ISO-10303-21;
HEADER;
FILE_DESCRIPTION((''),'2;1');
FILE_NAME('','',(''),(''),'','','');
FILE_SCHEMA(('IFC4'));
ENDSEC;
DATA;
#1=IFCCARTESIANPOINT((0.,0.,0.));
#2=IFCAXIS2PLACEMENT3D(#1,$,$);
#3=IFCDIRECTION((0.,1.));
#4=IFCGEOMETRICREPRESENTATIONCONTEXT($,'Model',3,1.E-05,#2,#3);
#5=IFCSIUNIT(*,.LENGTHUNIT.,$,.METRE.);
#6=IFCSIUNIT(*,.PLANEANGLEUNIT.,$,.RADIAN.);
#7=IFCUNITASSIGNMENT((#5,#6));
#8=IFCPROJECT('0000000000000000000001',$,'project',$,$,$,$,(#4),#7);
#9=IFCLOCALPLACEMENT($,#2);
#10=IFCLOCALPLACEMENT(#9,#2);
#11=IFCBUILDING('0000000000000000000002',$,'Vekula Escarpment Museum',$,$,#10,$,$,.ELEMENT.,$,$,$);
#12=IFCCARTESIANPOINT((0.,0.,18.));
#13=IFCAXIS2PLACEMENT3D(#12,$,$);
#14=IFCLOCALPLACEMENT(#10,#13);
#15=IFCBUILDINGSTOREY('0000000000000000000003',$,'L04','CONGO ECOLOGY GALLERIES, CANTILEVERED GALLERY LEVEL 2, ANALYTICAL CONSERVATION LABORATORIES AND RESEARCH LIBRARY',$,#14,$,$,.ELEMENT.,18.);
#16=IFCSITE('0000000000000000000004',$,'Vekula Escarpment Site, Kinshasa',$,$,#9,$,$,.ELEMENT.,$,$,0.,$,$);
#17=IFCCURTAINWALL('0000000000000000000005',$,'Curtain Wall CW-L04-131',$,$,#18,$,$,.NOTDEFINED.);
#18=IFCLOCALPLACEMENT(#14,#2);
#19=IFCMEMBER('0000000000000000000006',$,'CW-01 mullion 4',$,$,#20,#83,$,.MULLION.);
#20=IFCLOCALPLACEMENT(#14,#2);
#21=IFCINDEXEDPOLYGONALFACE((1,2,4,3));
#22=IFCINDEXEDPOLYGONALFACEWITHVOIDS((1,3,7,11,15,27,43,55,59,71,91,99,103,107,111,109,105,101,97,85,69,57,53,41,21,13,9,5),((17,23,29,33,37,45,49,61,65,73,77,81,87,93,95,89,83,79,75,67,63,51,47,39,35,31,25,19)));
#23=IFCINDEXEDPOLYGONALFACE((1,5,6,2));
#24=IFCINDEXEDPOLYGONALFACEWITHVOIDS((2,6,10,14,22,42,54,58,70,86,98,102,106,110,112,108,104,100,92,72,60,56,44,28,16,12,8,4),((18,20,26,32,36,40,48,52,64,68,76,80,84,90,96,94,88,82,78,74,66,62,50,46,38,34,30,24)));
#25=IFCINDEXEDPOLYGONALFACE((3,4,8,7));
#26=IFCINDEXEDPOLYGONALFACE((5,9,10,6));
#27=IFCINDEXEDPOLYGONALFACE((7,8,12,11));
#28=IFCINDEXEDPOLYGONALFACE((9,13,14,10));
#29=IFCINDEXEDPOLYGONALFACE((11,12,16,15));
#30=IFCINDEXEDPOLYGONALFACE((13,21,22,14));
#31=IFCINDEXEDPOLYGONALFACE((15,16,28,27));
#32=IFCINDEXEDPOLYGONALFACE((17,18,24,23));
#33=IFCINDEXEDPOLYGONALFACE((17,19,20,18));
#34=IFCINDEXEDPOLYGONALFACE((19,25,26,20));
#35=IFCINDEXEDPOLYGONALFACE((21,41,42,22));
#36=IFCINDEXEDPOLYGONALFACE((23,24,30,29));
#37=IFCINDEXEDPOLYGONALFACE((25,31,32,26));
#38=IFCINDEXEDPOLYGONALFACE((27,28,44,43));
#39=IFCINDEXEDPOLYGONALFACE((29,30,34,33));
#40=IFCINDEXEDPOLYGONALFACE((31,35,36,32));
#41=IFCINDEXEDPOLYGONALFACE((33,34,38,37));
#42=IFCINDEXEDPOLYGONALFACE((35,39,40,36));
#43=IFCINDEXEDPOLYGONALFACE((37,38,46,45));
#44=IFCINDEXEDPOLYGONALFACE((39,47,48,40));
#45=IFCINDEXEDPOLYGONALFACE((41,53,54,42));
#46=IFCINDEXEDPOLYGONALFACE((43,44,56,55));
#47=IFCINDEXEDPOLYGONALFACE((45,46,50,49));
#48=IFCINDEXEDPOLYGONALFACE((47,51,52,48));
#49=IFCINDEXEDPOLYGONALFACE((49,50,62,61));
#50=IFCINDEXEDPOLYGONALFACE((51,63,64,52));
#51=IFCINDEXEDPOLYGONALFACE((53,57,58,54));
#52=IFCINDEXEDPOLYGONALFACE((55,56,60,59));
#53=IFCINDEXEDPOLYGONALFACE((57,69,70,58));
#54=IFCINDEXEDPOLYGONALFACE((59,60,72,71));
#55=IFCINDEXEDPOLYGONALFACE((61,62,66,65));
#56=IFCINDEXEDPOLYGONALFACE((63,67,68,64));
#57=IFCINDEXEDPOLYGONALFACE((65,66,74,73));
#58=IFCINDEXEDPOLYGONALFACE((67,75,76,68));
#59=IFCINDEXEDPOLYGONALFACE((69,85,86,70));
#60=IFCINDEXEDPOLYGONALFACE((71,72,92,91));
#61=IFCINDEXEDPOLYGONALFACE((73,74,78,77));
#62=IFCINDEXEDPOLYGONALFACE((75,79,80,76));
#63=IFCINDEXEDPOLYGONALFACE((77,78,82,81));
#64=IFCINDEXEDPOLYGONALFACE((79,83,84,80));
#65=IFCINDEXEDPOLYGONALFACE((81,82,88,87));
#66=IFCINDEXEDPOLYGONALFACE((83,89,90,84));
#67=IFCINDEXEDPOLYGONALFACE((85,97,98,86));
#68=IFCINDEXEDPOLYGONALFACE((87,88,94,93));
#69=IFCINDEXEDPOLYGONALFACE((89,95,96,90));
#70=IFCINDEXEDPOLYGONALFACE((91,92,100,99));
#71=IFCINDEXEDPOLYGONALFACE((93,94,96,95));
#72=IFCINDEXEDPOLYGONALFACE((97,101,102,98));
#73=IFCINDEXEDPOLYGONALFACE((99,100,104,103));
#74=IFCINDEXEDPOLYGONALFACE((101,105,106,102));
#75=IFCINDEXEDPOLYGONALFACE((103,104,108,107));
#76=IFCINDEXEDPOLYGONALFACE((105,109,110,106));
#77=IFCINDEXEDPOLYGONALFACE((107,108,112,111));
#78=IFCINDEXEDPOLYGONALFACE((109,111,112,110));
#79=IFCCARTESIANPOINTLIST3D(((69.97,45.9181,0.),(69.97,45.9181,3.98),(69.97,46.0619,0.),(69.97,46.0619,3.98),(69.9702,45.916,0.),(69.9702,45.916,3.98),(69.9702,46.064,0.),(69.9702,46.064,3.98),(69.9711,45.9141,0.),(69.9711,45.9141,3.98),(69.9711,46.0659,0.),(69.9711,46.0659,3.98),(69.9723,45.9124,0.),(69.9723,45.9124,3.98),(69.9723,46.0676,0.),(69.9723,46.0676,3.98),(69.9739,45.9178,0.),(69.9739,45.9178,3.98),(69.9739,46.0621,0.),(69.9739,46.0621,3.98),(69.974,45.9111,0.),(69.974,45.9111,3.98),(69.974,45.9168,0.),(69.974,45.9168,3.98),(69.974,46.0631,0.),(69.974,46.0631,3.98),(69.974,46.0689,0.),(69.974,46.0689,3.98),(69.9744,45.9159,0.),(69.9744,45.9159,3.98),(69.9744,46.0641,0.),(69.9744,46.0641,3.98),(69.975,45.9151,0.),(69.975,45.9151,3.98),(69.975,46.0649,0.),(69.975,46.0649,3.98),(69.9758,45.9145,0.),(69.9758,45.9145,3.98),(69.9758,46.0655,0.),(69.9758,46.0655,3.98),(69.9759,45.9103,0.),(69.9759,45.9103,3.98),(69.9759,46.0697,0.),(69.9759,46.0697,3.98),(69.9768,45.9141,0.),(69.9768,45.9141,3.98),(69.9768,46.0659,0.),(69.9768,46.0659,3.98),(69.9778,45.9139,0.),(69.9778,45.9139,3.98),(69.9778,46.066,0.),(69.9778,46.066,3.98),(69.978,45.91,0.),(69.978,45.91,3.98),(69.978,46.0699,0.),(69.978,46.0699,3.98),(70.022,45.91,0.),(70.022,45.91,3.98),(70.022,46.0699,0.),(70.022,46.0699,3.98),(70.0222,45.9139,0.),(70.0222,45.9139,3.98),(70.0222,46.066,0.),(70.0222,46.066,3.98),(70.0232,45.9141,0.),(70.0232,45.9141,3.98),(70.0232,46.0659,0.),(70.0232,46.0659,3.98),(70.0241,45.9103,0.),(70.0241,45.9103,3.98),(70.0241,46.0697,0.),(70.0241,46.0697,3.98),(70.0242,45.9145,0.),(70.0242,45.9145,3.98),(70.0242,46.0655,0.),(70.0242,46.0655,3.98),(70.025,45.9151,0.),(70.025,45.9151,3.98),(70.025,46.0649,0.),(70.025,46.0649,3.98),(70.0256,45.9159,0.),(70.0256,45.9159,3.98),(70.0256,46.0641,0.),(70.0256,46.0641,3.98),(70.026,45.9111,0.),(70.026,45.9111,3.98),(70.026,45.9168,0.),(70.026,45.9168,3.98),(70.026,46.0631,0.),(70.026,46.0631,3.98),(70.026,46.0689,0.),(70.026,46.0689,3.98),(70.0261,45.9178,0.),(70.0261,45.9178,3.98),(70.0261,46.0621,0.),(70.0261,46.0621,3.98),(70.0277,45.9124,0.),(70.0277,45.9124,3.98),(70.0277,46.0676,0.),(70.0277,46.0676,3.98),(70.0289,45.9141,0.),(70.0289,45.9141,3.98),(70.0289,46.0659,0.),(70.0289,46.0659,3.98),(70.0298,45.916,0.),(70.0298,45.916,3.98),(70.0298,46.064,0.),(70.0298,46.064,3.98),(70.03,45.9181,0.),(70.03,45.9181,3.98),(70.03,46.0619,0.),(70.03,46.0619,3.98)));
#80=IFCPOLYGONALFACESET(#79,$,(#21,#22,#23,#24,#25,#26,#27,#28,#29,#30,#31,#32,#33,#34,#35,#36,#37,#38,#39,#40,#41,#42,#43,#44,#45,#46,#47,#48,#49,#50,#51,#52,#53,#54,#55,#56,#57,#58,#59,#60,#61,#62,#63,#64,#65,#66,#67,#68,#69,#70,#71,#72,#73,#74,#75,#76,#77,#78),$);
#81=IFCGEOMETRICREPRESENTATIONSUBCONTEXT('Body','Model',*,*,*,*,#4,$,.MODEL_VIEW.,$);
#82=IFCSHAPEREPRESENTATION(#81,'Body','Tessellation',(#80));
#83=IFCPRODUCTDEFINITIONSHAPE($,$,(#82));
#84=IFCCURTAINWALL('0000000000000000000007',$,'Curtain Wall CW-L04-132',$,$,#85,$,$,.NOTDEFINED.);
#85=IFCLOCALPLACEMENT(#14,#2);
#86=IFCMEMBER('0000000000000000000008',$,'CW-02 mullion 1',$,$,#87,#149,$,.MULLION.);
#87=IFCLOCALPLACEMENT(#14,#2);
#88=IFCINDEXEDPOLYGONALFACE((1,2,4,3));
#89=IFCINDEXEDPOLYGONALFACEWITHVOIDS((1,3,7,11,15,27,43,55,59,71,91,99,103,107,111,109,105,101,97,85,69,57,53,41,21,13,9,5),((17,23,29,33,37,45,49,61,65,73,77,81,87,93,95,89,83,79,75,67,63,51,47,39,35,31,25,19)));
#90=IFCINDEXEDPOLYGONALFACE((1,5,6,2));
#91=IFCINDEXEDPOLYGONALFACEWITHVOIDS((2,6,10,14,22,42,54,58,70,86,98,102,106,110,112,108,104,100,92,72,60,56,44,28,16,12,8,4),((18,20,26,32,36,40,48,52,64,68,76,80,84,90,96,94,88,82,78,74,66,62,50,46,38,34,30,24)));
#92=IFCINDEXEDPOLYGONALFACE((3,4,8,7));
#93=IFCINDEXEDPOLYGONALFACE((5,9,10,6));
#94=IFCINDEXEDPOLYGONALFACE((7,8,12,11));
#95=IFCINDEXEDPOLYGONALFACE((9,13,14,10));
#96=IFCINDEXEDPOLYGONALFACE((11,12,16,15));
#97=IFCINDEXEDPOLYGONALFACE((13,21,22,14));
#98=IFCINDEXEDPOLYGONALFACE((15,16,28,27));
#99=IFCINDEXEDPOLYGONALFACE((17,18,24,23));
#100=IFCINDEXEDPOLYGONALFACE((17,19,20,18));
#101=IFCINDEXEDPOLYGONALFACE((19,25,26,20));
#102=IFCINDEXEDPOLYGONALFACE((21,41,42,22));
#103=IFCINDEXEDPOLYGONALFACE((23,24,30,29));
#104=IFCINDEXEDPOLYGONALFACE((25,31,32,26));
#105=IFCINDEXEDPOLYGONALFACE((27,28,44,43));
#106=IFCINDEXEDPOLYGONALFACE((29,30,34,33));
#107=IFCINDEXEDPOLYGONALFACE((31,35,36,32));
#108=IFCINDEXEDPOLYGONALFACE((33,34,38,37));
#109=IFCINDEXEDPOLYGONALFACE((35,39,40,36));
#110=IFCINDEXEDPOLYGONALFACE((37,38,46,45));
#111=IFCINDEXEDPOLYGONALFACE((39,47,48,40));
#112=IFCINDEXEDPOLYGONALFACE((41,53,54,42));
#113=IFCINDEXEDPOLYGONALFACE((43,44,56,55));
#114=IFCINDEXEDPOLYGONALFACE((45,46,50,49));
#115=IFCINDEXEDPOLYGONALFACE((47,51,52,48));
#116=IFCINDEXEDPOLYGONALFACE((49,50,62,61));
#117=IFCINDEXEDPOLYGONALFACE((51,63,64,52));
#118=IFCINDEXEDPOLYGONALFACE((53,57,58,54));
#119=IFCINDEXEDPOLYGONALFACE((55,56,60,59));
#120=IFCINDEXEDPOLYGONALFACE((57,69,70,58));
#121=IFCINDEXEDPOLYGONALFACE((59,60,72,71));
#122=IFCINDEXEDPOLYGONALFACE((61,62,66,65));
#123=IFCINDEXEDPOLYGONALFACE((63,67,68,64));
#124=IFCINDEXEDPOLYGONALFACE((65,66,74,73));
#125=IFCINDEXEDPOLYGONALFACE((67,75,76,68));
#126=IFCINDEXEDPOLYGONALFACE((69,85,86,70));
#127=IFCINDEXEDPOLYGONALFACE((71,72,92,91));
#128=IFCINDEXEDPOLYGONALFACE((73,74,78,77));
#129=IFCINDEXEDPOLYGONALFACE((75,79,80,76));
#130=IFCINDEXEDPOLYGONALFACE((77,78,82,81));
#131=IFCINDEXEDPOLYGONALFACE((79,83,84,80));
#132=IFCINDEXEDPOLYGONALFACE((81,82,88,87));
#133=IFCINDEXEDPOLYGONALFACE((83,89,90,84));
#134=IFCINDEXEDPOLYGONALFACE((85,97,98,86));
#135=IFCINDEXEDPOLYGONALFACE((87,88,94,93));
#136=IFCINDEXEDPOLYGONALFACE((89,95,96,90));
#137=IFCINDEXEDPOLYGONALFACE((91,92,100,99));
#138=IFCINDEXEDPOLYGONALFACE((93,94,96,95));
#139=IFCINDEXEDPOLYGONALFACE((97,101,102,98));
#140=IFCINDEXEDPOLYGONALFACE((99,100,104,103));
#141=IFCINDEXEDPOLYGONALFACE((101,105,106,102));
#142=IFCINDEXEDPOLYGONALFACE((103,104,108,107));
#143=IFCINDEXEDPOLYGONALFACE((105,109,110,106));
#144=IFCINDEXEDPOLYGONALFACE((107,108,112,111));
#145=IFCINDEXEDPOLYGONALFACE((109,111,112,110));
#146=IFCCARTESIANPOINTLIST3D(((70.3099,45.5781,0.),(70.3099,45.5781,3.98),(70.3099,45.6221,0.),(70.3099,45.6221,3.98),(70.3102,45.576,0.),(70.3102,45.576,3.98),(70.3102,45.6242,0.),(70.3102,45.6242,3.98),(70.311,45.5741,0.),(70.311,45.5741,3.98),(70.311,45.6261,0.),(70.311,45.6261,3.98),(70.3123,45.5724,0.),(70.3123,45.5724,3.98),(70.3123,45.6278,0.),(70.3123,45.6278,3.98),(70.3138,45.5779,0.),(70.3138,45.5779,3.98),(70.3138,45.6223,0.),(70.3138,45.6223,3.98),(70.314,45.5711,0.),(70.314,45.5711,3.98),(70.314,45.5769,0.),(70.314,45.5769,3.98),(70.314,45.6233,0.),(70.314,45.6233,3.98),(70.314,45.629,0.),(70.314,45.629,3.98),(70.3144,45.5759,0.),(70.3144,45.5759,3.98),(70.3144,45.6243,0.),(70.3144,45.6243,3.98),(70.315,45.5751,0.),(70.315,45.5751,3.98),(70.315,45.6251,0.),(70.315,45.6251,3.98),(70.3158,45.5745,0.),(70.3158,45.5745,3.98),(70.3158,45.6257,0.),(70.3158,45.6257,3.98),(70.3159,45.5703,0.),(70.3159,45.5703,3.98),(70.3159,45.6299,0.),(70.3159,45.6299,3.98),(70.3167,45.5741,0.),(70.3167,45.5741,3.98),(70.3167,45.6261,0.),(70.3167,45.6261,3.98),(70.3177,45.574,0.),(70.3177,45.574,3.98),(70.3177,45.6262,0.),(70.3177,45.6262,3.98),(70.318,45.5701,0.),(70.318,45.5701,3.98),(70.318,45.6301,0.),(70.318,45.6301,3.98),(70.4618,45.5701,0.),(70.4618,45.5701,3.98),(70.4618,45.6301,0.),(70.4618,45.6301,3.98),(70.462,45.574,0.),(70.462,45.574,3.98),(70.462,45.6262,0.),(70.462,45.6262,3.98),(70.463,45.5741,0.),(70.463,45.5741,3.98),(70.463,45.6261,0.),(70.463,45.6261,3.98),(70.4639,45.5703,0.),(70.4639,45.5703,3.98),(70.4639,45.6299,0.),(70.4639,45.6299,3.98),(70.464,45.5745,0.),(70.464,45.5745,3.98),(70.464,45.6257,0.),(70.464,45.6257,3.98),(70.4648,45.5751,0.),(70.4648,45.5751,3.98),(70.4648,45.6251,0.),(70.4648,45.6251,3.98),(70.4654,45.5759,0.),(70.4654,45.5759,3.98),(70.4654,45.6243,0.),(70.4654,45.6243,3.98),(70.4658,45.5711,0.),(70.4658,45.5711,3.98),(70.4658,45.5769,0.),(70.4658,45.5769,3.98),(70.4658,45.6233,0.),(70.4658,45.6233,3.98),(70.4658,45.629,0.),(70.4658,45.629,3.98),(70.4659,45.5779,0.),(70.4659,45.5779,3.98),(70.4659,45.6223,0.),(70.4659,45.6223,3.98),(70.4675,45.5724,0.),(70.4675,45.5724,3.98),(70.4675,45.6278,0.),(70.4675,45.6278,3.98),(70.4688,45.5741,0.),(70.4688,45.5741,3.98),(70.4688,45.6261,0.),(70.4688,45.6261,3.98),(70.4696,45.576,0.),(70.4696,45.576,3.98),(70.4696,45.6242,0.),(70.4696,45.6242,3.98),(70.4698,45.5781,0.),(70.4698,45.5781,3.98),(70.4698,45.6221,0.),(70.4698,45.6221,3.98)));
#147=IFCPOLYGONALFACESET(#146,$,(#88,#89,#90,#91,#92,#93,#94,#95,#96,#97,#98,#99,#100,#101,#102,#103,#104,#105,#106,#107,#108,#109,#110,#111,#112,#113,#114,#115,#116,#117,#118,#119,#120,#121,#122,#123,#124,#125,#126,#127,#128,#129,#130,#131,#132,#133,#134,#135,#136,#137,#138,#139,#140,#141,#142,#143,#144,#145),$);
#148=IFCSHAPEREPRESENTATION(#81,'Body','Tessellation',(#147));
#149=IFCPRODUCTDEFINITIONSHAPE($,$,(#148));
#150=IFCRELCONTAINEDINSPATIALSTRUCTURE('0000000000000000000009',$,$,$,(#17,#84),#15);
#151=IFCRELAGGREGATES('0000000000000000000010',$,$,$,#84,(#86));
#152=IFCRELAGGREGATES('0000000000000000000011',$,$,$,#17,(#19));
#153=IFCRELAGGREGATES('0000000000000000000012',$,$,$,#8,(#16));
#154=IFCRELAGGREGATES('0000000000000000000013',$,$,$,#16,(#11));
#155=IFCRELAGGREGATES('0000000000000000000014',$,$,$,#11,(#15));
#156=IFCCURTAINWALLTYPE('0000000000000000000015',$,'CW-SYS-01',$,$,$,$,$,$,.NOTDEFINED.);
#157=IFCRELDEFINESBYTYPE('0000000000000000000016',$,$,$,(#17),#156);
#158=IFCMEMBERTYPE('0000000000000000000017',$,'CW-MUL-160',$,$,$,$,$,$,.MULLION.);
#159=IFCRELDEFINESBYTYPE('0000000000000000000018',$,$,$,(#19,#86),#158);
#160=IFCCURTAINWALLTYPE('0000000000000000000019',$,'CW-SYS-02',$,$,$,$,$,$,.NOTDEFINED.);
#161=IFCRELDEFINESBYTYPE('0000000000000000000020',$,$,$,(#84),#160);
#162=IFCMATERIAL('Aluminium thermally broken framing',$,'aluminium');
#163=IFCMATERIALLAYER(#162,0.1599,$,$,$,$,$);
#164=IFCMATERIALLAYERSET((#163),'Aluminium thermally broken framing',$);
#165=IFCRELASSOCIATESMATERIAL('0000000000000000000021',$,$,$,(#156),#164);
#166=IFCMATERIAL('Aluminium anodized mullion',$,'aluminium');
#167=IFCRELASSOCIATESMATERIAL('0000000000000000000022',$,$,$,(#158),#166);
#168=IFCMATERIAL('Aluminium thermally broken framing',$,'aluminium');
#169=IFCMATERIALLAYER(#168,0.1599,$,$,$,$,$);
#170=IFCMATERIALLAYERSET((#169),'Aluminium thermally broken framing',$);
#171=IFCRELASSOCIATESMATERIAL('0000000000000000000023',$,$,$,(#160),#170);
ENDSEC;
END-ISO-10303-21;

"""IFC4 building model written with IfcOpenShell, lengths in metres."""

from ifc_helpers import new_model, si_unit, direction, frame, origin, origin_2d, place, context, subcontext, project, spatial, hollow_rectangle, extrude, material, layer, layer_set, material_profile, profile_set, type_object, element, aggregate, save


model = new_model("IFC4")

# Units and contexts
model_context = context("Model", 3, precision=1e-05, world=origin(), true_north=direction((0.0, 1.0)))
body_context = subcontext(model_context, "Body", "Model", "MODEL_VIEW")
ifc_project = project(units=[si_unit("LENGTHUNIT", "METRE"), si_unit("PLANEANGLEUNIT", "RADIAN")], contexts=[model_context])

# Site, building, storey
site_placement = place(None, origin())
site = spatial("IfcSite", under=ifc_project, at=site_placement, Name="Vekula Escarpment Site, Kinshasa", CompositionType="ELEMENT", RefElevation=0.0)
building_placement = place(site_placement, origin())
building = spatial("IfcBuilding", under=site, at=building_placement, Name="Vekula Escarpment Museum", CompositionType="ELEMENT")
storey_placement = place(building_placement, frame((0.0, 0.0, 18.0)))
storey = spatial("IfcBuildingStorey", under=building, at=storey_placement, Name="L04", Description="CONGO ECOLOGY GALLERIES, CANTILEVERED GALLERY LEVEL 2, ANALYTICAL CONSERVATION LABORATORIES AND RESEARCH LIBRARY", CompositionType="ELEMENT", Elevation=18.0)

# Curtain wall, member
ifc_material_1 = material(Name="Aluminium thermally broken framing", Category="aluminium")
ifc_layer_1 = layer(ifc_material_1, 0.1599)
ifc_layer_set_1 = layer_set([ifc_layer_1], Name="Aluminium thermally broken framing")
curtain_wall_type_1 = type_object("IfcCurtainWallType", Name="CW-SYS-01", PredefinedType="NOTDEFINED", material=ifc_layer_set_1)
curtain_wall_1_placement = place(storey_placement, origin())
curtain_wall_1 = element("IfcCurtainWall", 1, at=curtain_wall_1_placement, inside=storey, type_object=curtain_wall_type_1, Name="Curtain Wall CW-L04-131", PredefinedType="NOTDEFINED")
ifc_material_2 = material(Name="Aluminium anodized mullion", Category="aluminium")
ifc_material_profile_1 = material_profile(ifc_material_2, hollow_rectangle(XDim=0.0601, YDim=0.1599, WallThickness=0.0039, InnerFilletRadius=0.0039, OuterFilletRadius=0.0081, at=origin_2d()), Name="ALU 160x60x4")
ifc_profile_set_1 = profile_set([ifc_material_profile_1], Name="Aluminium anodized mullion")
member_type_1 = type_object("IfcMemberType", Name="CW-MUL-160", PredefinedType="MULLION", material=ifc_profile_set_1)
member_1_placement = place(storey_placement, frame((70.0, 45.99, 0.0), z_axis=(0.0, 0.0, 1.0), x_axis=(1.0, 0.0, 0.0)))
member_1 = element("IfcMember", 2, at=member_1_placement, type_object=member_type_1, Name="CW-01 mullion 4", PredefinedType="MULLION", context=body_context, shape_type="SweptSolid", body=[
    extrude(hollow_rectangle(XDim=0.0601, YDim=0.1599, WallThickness=0.0039, InnerFilletRadius=0.0039, OuterFilletRadius=0.0081, at=origin_2d()), origin(), (0.0, 0.0, 1.0), 3.98),
])

# Curtain wall, member
ifc_material_3 = material(Name="Aluminium thermally broken framing", Category="aluminium")
ifc_layer_2 = layer(ifc_material_3, 0.1599)
ifc_layer_set_2 = layer_set([ifc_layer_2], Name="Aluminium thermally broken framing")
curtain_wall_type_2 = type_object("IfcCurtainWallType", Name="CW-SYS-02", PredefinedType="NOTDEFINED", material=ifc_layer_set_2)
curtain_wall_2_placement = place(storey_placement, origin())
curtain_wall_2 = element("IfcCurtainWall", 3, at=curtain_wall_2_placement, inside=storey, type_object=curtain_wall_type_2, Name="Curtain Wall CW-L04-132", PredefinedType="NOTDEFINED")
member_2_placement = place(storey_placement, frame((70.3899, 45.6001, 0.0), z_axis=(0.0, 0.0, 1.0), x_axis=(0.0, 1.0, 0.0)))
member_2 = element("IfcMember", 4, at=member_2_placement, type_object=member_type_1, Name="CW-02 mullion 1", PredefinedType="MULLION", context=body_context, shape_type="SweptSolid", body=[
    extrude(hollow_rectangle(XDim=0.0601, YDim=0.1599, WallThickness=0.0039, InnerFilletRadius=0.0039, OuterFilletRadius=0.0081, at=origin_2d()), origin(), (0.0, 0.0, 1.0), 3.98),
])

aggregate(curtain_wall_2, [member_2])
aggregate(curtain_wall_1, [member_1])

save(model, "model.ifc")
